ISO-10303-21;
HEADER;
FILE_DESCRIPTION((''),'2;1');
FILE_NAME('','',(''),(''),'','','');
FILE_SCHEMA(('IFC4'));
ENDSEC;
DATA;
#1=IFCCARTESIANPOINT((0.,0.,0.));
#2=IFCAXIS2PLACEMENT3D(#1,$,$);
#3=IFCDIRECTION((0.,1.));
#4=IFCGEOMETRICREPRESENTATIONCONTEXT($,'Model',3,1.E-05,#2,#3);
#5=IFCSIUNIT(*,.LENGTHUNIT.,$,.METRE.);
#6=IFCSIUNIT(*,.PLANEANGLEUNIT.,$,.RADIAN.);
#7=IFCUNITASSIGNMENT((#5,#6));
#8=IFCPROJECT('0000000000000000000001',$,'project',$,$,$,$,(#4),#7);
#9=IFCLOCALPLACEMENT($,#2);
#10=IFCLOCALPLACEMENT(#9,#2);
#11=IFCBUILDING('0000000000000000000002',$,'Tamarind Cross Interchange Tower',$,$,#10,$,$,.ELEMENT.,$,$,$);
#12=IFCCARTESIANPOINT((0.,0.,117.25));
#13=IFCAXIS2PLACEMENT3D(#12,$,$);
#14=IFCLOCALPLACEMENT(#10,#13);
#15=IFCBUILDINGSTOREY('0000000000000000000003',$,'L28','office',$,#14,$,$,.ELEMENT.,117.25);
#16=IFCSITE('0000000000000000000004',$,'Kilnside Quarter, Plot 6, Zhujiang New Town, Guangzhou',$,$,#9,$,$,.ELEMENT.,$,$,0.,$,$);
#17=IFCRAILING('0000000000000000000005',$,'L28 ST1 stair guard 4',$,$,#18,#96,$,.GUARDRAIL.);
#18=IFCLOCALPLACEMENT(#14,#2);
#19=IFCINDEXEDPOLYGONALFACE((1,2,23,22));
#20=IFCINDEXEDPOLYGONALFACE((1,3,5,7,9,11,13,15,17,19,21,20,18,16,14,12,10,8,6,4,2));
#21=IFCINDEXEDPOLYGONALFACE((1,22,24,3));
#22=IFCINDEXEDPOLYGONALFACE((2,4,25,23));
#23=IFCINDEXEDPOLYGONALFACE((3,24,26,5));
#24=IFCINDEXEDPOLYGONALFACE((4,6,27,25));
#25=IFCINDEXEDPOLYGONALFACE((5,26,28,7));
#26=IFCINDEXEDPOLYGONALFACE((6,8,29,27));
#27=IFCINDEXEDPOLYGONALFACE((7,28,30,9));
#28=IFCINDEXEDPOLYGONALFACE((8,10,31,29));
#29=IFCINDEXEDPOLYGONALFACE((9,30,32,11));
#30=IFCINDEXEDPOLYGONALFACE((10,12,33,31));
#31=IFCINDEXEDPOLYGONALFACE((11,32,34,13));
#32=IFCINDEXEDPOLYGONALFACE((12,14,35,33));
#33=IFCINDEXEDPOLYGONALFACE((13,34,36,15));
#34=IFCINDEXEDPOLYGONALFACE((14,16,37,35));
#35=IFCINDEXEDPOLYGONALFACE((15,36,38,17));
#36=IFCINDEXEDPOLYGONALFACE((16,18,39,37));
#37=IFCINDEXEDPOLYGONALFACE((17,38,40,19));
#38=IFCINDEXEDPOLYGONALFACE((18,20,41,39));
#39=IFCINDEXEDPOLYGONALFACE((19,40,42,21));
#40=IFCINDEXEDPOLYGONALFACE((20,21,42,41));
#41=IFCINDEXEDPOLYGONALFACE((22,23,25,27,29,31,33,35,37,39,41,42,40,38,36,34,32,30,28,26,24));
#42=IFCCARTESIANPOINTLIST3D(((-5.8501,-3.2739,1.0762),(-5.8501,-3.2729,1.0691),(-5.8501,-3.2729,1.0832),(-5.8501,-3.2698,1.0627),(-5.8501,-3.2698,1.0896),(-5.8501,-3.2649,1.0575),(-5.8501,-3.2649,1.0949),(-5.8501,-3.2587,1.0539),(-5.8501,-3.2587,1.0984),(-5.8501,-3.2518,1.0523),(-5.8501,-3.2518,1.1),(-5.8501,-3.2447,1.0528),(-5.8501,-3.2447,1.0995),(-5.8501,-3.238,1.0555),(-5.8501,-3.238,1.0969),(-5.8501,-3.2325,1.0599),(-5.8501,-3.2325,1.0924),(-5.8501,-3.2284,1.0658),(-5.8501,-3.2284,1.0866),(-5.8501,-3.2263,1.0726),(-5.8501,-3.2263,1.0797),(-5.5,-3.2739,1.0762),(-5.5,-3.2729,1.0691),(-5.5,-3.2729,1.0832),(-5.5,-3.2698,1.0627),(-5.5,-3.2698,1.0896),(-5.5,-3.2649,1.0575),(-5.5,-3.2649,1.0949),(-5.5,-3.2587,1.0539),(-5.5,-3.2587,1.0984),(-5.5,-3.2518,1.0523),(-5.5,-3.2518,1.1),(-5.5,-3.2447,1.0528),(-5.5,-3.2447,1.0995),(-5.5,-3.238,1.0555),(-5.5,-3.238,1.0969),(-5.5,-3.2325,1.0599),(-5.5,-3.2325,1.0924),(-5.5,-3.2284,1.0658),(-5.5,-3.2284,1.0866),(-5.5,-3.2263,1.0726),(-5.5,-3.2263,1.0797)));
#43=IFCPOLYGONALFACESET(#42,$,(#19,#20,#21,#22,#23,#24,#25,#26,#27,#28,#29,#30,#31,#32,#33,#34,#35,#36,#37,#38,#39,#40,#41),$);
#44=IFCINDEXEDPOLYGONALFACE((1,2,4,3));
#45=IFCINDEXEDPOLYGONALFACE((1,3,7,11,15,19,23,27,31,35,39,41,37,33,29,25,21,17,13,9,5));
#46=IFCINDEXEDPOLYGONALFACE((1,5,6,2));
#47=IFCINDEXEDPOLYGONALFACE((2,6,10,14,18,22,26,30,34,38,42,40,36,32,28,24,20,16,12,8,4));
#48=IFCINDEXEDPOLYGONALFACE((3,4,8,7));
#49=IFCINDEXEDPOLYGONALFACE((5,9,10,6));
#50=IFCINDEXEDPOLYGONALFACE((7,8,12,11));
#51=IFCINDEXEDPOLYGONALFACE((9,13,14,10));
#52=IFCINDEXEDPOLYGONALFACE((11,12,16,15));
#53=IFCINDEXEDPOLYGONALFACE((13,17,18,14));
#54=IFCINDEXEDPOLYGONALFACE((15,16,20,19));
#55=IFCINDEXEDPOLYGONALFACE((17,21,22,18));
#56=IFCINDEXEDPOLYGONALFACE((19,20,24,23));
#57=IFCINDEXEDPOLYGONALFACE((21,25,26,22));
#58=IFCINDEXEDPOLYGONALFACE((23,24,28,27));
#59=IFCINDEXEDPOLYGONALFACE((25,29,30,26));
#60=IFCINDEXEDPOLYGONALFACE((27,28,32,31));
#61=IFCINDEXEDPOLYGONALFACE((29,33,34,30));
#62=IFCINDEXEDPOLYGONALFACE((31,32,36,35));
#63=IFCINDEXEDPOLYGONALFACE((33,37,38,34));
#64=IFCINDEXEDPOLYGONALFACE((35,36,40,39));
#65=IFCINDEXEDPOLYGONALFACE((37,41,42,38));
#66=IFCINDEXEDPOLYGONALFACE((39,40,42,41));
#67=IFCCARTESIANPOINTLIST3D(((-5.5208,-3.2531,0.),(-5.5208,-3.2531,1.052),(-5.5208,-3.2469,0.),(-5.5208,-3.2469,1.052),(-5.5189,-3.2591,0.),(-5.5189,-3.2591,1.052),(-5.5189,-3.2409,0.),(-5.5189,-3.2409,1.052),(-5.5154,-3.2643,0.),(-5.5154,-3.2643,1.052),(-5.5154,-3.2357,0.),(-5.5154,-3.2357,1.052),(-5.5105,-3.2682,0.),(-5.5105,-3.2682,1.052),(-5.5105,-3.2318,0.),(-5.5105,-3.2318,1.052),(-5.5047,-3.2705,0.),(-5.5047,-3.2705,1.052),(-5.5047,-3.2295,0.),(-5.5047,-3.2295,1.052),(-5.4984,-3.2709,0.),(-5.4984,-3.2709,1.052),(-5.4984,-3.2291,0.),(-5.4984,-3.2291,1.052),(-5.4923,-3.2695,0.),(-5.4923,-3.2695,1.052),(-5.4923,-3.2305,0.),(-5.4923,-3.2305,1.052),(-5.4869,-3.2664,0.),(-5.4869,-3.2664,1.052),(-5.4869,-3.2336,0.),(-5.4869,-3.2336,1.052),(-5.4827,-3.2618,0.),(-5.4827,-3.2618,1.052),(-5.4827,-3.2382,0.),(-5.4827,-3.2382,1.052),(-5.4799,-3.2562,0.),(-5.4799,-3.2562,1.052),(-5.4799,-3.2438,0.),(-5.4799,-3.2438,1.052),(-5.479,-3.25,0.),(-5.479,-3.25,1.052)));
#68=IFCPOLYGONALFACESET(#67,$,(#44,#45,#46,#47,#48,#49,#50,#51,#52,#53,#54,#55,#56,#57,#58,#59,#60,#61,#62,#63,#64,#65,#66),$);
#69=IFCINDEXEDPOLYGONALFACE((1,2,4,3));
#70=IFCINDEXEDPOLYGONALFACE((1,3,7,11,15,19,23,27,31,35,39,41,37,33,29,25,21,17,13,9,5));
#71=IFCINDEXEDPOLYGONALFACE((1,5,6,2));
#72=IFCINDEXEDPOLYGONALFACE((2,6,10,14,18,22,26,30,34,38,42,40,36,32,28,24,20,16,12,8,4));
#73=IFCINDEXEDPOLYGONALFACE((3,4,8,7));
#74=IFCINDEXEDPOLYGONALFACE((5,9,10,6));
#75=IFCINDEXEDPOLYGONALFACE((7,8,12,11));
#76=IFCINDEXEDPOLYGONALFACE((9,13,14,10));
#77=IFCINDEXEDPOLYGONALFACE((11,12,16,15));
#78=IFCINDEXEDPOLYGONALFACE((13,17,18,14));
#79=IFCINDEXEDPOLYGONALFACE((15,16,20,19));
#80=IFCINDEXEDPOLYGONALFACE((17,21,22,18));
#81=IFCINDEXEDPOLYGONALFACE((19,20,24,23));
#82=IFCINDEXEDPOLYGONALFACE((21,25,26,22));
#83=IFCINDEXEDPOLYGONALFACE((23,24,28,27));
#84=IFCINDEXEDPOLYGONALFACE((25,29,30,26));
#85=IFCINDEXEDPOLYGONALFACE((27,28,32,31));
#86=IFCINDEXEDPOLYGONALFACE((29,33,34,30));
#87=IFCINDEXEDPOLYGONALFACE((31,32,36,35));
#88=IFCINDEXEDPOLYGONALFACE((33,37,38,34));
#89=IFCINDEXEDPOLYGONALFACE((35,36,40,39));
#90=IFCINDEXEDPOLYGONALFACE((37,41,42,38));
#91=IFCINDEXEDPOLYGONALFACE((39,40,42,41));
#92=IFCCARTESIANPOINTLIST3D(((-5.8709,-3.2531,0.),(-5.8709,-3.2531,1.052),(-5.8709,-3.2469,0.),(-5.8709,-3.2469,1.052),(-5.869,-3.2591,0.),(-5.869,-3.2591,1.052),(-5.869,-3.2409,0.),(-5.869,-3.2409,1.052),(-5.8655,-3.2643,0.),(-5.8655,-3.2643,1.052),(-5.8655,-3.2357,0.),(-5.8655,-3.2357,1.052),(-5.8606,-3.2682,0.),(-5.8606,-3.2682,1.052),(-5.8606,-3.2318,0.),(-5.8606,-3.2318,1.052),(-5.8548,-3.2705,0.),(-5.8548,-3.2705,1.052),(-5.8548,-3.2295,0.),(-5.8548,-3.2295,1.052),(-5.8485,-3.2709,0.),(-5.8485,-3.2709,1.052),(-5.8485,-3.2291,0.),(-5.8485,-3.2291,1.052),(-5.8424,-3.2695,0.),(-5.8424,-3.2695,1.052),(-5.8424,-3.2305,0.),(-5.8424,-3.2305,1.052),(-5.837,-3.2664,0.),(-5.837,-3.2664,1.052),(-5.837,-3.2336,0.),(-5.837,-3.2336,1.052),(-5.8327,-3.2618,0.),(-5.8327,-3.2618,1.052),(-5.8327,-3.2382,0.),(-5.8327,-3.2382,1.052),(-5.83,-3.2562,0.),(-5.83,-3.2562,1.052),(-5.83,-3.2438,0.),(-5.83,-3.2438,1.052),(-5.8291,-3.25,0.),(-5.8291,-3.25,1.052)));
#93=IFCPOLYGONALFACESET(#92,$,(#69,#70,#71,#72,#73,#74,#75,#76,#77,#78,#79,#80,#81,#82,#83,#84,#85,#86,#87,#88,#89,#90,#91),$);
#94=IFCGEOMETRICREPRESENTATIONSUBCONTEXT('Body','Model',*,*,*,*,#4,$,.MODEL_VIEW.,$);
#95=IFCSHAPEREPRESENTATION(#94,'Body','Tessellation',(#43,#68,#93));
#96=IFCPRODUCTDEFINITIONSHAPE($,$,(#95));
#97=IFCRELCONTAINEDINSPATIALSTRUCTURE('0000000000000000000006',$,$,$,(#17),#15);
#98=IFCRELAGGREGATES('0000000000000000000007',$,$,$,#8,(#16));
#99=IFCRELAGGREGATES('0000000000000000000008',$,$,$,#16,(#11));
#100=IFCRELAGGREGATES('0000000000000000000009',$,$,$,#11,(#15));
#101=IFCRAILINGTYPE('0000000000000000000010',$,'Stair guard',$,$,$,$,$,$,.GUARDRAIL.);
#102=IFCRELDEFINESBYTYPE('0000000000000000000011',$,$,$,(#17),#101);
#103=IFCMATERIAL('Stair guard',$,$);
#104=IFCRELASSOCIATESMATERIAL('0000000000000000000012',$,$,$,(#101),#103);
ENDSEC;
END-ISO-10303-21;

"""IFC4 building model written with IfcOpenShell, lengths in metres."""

from ifc_helpers import new_model, si_unit, direction, frame, origin, origin_2d, place, context, subcontext, project, spatial, circle, extrude, material, type_object, element, save


model = new_model("IFC4")

# Units and contexts
model_context = context("Model", 3, precision=1e-05, world=origin(), true_north=direction((0.0, 1.0)))
body_context = subcontext(model_context, "Body", "Model", "MODEL_VIEW")
ifc_project = project(units=[si_unit("LENGTHUNIT", "METRE"), si_unit("PLANEANGLEUNIT", "RADIAN")], contexts=[model_context])

# Site, building, storey
site_placement = place(None, origin())
site = spatial("IfcSite", under=ifc_project, at=site_placement, Name="Kilnside Quarter, Plot 6, Zhujiang New Town, Guangzhou", CompositionType="ELEMENT", RefElevation=0.0)
building_placement = place(site_placement, origin())
building = spatial("IfcBuilding", under=site, at=building_placement, Name="Tamarind Cross Interchange Tower", CompositionType="ELEMENT")
storey_placement = place(building_placement, frame((0.0, 0.0, 117.25)))
storey = spatial("IfcBuildingStorey", under=building, at=storey_placement, Name="L28", Description="office", CompositionType="ELEMENT", Elevation=117.25)

# Railing
ifc_material_1 = material(Name="Stair guard")
railing_type_1 = type_object("IfcRailingType", Name="Stair guard", PredefinedType="GUARDRAIL", material=ifc_material_1)
railing_1_placement = place(storey_placement, frame((-5.5, -3.25, 0.0)))
element("IfcRailing", 1, at=railing_1_placement, inside=storey, type_object=railing_type_1, Name="L28 ST1 stair guard 4", PredefinedType="GUARDRAIL", context=body_context, shape_type="SweptSolid", body=[
    extrude(circle(Radius=0.0239, at=origin_2d()), frame((0.0, 0.0, 1.0762), z_axis=(-1.0, 0.0, 0.0), x_axis=(0.0, -1.0, 0.0)), (0.0, 0.0, 1.0), 0.3501),
    extrude(circle(Radius=0.021, at=origin_2d()), origin(), (0.0, 0.0, 1.0), 1.052),
    extrude(circle(Radius=0.021, at=origin_2d()), frame((-0.3501, 0.0, 0.0)), (0.0, 0.0, 1.0), 1.052),
])

save(model, "model.ifc")
